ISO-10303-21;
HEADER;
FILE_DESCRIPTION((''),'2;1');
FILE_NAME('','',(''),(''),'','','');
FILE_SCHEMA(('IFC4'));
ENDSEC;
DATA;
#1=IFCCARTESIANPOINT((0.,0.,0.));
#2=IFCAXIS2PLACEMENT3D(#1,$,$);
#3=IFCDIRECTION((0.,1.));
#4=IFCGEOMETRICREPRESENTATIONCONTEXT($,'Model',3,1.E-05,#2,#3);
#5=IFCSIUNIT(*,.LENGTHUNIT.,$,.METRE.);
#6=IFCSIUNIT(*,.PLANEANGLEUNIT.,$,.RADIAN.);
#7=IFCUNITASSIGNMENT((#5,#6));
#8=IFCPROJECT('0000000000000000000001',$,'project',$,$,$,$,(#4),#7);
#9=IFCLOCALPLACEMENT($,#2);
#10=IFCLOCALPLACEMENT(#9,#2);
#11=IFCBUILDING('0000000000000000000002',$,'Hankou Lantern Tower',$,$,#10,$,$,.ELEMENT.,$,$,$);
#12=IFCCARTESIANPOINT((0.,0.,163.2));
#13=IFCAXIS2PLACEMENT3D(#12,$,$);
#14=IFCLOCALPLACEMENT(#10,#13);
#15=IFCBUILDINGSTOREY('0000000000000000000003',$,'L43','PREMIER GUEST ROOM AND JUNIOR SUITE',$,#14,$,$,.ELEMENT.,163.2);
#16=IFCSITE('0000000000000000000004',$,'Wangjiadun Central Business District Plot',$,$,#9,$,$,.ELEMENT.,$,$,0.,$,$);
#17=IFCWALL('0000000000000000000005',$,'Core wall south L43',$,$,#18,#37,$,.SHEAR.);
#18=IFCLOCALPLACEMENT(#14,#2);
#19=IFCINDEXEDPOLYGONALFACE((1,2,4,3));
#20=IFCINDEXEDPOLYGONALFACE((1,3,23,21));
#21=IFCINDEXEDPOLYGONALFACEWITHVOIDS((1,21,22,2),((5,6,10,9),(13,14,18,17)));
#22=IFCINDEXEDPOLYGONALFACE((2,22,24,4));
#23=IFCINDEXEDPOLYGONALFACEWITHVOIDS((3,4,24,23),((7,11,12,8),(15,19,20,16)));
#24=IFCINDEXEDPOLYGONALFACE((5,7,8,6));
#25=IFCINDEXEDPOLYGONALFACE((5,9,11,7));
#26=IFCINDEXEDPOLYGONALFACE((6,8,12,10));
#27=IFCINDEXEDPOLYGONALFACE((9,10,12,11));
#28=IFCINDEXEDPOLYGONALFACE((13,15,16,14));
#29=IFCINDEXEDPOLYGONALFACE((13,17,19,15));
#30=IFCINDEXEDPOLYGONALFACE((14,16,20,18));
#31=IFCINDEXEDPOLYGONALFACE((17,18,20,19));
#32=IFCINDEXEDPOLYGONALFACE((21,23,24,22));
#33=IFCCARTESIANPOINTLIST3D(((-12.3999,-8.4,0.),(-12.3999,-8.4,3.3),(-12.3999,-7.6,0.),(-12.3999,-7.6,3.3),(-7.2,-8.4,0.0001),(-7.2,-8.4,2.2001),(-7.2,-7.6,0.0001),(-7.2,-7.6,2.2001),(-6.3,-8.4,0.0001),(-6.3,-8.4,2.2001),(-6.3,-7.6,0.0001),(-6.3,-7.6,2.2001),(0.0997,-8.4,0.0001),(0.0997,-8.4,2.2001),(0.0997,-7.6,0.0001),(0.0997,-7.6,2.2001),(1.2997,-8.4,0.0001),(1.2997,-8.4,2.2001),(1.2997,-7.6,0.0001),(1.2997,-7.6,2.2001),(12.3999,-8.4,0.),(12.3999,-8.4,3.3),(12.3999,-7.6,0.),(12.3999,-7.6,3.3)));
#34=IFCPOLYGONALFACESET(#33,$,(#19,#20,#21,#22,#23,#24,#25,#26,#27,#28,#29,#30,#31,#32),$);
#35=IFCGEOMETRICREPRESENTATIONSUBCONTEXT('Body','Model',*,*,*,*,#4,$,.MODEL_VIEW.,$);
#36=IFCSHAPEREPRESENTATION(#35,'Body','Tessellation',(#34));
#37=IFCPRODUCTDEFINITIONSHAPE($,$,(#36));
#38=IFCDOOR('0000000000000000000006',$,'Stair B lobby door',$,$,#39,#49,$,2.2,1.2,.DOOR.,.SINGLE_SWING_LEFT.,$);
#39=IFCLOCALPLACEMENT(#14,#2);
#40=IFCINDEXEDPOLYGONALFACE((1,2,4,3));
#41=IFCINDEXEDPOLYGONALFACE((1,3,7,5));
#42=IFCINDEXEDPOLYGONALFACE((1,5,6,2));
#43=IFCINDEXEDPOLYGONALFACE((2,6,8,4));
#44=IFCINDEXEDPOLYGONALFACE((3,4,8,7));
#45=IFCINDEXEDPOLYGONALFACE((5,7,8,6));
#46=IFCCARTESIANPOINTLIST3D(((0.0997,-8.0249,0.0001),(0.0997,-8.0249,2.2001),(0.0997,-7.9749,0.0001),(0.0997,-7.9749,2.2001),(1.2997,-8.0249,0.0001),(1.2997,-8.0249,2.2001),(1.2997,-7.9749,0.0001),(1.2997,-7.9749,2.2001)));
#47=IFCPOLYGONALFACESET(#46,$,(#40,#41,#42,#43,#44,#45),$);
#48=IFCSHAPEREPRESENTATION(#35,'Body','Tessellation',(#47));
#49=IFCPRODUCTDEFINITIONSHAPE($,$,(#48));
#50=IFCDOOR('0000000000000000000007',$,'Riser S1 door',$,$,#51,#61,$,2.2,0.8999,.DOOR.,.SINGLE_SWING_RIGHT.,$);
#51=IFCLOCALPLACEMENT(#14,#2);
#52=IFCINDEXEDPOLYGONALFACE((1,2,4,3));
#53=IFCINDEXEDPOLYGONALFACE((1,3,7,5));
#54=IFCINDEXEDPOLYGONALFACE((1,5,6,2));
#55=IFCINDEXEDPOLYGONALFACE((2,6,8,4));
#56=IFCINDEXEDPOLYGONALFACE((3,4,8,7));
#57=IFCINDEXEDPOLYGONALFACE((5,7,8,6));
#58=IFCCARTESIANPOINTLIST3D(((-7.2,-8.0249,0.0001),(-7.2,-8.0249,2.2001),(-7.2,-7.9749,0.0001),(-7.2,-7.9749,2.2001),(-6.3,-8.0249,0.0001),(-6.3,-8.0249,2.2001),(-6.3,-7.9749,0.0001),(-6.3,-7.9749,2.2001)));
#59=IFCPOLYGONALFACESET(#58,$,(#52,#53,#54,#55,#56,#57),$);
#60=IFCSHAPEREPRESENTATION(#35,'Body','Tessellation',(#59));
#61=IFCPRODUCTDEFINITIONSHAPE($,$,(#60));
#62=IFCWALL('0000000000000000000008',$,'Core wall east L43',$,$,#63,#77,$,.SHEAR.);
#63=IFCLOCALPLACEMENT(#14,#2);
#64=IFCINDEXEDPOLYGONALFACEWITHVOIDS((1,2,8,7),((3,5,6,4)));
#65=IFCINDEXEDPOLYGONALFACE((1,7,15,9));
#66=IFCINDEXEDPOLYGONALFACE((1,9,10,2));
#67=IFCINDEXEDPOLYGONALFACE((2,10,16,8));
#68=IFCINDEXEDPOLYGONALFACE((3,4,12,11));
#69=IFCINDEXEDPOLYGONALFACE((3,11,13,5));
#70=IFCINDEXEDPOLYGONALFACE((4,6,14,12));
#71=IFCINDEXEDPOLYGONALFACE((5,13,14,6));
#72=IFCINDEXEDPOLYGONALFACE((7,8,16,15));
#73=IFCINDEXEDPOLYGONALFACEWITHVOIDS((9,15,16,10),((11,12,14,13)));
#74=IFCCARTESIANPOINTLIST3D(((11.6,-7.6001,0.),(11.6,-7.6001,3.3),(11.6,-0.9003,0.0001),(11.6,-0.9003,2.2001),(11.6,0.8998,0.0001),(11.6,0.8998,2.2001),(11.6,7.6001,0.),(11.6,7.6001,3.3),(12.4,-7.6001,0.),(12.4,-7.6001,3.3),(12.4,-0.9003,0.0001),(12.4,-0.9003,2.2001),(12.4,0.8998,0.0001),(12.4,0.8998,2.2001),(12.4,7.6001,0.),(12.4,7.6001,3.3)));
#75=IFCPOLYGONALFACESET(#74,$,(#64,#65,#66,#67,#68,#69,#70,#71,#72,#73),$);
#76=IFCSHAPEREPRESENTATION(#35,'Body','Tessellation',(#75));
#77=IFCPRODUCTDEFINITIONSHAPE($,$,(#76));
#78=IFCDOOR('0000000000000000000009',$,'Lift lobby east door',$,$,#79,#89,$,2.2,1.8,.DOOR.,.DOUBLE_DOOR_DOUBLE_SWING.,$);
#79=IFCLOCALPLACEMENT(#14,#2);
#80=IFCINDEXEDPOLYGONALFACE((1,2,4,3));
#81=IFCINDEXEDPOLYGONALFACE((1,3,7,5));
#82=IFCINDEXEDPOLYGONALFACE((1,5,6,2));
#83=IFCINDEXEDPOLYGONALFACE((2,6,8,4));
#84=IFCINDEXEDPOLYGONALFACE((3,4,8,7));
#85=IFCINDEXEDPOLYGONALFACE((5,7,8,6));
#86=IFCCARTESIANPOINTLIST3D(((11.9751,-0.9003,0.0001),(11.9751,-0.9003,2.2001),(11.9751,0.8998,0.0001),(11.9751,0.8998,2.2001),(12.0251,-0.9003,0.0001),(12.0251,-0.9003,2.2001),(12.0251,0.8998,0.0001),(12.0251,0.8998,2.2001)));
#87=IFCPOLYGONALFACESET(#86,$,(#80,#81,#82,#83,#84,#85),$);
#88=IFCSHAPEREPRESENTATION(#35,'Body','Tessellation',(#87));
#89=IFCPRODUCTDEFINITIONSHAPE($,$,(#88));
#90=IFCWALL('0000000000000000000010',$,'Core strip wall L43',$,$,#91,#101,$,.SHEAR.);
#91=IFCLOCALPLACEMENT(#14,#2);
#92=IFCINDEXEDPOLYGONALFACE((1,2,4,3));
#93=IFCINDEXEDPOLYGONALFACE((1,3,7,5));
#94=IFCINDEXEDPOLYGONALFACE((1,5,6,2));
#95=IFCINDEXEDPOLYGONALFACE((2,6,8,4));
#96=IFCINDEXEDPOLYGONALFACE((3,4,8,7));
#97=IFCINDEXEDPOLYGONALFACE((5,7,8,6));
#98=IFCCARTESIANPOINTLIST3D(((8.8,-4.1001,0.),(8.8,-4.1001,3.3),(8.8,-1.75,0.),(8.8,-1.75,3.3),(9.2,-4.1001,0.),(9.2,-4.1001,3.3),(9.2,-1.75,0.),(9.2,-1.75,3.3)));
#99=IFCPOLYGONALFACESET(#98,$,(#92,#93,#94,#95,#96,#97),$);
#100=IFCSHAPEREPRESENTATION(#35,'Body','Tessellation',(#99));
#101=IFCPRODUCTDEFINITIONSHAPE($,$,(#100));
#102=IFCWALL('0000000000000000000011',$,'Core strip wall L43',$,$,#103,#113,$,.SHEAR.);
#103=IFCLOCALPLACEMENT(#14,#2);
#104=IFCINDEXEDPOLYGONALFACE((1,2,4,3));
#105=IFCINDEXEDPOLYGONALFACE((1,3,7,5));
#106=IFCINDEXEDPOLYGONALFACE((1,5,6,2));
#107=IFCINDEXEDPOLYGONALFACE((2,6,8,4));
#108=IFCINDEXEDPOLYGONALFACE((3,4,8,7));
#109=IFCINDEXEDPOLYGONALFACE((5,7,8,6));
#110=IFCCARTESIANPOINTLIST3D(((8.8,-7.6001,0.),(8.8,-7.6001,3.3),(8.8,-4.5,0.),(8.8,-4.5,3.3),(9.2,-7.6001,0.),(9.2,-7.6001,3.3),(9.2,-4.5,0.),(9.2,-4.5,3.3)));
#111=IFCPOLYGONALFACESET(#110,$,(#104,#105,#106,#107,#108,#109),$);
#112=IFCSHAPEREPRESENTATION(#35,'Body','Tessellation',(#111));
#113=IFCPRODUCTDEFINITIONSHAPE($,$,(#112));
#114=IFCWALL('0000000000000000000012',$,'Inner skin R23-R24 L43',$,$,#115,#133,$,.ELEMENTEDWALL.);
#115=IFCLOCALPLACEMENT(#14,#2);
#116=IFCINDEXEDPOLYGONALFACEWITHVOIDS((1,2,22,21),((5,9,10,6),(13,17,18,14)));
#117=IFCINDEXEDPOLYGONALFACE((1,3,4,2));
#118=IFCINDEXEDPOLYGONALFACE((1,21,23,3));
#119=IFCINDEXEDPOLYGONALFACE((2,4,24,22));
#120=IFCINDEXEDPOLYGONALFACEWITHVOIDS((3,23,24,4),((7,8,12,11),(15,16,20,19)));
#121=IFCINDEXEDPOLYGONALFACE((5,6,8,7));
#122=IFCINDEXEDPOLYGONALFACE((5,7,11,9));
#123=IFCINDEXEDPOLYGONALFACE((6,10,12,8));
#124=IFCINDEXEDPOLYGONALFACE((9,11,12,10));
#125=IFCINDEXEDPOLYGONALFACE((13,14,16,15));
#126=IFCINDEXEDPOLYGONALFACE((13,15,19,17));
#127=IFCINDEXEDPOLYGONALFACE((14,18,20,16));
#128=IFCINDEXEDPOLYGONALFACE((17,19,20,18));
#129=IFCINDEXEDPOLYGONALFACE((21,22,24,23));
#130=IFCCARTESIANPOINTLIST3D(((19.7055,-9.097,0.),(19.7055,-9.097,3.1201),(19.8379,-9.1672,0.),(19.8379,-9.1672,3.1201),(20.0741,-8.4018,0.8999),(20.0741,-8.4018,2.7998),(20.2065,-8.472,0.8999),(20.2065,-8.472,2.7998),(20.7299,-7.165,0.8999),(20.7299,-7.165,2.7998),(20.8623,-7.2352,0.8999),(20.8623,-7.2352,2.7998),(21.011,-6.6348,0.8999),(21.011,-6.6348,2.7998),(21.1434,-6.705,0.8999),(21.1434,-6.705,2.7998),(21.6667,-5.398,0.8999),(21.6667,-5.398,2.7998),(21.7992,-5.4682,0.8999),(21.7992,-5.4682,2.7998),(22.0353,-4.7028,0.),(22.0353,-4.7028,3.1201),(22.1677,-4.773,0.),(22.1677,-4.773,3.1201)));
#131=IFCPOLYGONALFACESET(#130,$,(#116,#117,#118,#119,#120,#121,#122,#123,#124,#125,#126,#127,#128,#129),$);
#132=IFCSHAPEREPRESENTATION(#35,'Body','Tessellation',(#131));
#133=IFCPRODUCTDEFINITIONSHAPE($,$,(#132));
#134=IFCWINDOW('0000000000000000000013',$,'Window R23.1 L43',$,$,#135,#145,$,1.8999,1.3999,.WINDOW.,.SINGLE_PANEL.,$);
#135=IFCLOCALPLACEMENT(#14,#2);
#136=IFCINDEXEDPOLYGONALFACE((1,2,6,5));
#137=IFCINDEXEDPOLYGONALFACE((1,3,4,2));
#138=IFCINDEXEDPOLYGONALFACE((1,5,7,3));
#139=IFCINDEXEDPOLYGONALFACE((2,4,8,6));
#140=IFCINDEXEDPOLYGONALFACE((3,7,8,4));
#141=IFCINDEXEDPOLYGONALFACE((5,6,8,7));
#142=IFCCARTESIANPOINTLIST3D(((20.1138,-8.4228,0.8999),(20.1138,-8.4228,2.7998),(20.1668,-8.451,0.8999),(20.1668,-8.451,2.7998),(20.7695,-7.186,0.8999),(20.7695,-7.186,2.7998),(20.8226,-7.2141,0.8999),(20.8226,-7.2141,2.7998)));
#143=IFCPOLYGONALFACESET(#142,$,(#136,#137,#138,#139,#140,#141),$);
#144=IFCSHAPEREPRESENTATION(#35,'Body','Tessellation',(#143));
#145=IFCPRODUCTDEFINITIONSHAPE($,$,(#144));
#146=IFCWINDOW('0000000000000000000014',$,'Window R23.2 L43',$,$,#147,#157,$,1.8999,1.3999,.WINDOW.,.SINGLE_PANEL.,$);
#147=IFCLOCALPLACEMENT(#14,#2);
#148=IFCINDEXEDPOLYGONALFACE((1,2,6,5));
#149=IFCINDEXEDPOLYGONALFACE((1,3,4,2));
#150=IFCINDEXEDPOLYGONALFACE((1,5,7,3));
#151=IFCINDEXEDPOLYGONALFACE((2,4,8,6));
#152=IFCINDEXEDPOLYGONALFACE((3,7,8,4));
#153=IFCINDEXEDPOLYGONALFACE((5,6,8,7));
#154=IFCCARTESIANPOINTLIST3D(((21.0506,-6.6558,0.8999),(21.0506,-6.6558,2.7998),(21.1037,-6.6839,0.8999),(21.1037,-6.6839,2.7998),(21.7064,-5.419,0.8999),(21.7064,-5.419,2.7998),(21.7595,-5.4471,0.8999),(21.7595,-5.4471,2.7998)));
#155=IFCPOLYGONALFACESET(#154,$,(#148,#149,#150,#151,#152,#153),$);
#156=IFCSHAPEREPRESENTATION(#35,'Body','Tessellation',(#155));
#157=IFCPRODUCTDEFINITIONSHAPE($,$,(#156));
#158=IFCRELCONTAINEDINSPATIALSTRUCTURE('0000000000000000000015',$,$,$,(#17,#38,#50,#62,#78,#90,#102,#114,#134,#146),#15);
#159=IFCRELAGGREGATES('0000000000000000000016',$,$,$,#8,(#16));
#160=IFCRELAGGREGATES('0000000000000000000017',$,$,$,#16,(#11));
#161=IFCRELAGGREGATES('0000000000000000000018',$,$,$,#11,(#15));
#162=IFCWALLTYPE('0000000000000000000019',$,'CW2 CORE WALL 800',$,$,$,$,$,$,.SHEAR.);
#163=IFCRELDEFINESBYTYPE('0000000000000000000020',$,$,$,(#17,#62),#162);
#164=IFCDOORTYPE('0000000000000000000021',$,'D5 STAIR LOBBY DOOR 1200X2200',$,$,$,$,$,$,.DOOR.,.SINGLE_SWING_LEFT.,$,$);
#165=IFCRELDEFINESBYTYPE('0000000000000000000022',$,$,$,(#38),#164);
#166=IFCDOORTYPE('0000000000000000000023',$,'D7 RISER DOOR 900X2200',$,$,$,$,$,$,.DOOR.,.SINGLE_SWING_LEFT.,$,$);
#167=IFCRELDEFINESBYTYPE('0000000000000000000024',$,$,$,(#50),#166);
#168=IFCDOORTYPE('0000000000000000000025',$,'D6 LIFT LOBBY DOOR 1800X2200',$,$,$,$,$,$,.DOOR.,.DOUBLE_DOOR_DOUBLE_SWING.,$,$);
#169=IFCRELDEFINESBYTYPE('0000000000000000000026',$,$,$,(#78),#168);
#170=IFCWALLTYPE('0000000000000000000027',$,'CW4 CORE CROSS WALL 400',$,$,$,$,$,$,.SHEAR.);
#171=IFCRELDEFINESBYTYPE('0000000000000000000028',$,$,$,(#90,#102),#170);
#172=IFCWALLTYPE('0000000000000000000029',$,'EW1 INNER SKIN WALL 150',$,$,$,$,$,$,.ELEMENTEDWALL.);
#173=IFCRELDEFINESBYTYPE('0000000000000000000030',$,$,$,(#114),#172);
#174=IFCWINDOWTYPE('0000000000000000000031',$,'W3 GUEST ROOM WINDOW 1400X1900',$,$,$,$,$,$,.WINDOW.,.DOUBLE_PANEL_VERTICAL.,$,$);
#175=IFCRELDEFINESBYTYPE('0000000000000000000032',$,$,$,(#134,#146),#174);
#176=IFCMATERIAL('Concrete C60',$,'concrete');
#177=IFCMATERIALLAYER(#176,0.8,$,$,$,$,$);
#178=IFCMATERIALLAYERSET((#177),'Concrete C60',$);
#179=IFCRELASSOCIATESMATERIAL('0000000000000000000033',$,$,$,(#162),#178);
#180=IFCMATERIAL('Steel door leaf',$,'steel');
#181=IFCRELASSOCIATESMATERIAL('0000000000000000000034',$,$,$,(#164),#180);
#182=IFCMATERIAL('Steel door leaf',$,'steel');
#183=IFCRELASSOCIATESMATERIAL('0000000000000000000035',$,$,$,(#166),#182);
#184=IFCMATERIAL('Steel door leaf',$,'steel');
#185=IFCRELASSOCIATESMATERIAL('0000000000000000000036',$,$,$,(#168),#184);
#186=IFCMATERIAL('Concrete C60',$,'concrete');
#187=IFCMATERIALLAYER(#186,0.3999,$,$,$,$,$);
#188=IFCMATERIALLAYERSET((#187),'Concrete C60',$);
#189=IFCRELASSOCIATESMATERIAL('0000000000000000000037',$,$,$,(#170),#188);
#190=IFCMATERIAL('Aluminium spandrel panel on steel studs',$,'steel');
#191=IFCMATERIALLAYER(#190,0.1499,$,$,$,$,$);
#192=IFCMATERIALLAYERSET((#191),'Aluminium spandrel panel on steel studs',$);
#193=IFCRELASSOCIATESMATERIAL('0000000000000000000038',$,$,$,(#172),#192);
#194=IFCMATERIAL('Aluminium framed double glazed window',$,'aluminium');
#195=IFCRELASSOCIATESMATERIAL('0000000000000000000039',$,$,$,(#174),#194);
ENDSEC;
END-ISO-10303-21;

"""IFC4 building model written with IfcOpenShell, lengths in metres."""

from ifc_helpers import new_model, si_unit, direction, frame, frame_2d, origin, place, context, subcontext, project, spatial, rectangle, extrude, material, layer, layer_set, type_object, element, fill, save


model = new_model("IFC4")

# Units and contexts
model_context = context("Model", 3, precision=1e-05, world=origin(), true_north=direction((0.0, 1.0)))
body_context = subcontext(model_context, "Body", "Model", "MODEL_VIEW")
ifc_project = project(units=[si_unit("LENGTHUNIT", "METRE"), si_unit("PLANEANGLEUNIT", "RADIAN")], contexts=[model_context])

# Site, building, storey
site_placement = place(None, origin())
site = spatial("IfcSite", under=ifc_project, at=site_placement, Name="Wangjiadun Central Business District Plot", CompositionType="ELEMENT", RefElevation=0.0)
building_placement = place(site_placement, origin())
building = spatial("IfcBuilding", under=site, at=building_placement, Name="Hankou Lantern Tower", CompositionType="ELEMENT")
storey_placement = place(building_placement, frame((0.0, 0.0, 163.2)))
storey = spatial("IfcBuildingStorey", under=building, at=storey_placement, Name="L43", Description="PREMIER GUEST ROOM AND JUNIOR SUITE", CompositionType="ELEMENT", Elevation=163.2)

# Wall, openings, doors
ifc_material_1 = material(Name="Concrete C60", Category="concrete")
ifc_layer_1 = layer(ifc_material_1, 0.8)
ifc_layer_set_1 = layer_set([ifc_layer_1], Name="Concrete C60")
wall_type_1 = type_object("IfcWallType", Name="CW2 CORE WALL 800", PredefinedType="SHEAR", material=ifc_layer_set_1)
wall_1_placement = place(storey_placement, frame((12.3999, -8.0, 0.0), z_axis=(0.0, 0.0, 1.0), x_axis=(-1.0, 0.0, 0.0)))
wall_1 = element("IfcWall", 1, at=wall_1_placement, inside=storey, type_object=wall_type_1, Name="Core wall south L43", PredefinedType="SHEAR", context=body_context, shape_type="SweptSolid", body=[
    extrude(rectangle(XDim=24.7998, YDim=0.8, at=frame_2d((12.3999, 0.0))), origin(), (0.0, 0.0, 1.0), 3.3),
])
opening_1_placement = place(wall_1_placement, frame((11.1001, 0.0, 0.0)))
opening_1 = element("IfcOpeningElement", 2, at=opening_1_placement, cuts=wall_1, PredefinedType="OPENING", context=body_context, shape_type="SweptSolid", body=[
    extrude(rectangle(XDim=1.2, YDim=2.2, at=frame_2d((0.6001, 1.1001))), frame((0.0, 0.4099, 0.0), z_axis=(0.0, -1.0, 0.0), x_axis=(1.0, 0.0, 0.0)), (0.0, 0.0, 1.0), 0.8201),
])
opening_2_placement = place(wall_1_placement, frame((18.7, 0.0, 0.0)))
opening_2 = element("IfcOpeningElement", 3, at=opening_2_placement, cuts=wall_1, PredefinedType="OPENING", context=body_context, shape_type="SweptSolid", body=[
    extrude(rectangle(XDim=0.8999, YDim=2.2, at=frame_2d((0.45, 1.1001))), frame((0.0, 0.4099, 0.0), z_axis=(0.0, -1.0, 0.0), x_axis=(1.0, 0.0, 0.0)), (0.0, 0.0, 1.0), 0.8201),
])
ifc_material_2 = material(Name="Steel door leaf", Category="steel")
door_type_1 = type_object("IfcDoorType", Name="D5 STAIR LOBBY DOOR 1200X2200", OperationType="SINGLE_SWING_LEFT", PredefinedType="DOOR", material=ifc_material_2)
door_1_placement = place(opening_1_placement, origin())
door_1 = element("IfcDoor", 4, at=door_1_placement, inside=storey, type_object=door_type_1, Name="Stair B lobby door", OperationType="SINGLE_SWING_LEFT", OverallHeight=2.2, OverallWidth=1.2, PredefinedType="DOOR", context=body_context, shape_type="SweptSolid", body=[
    extrude(rectangle(XDim=1.2, YDim=2.2, at=frame_2d((0.6001, 1.1001))), frame((0.0, 0.0249, 0.0), z_axis=(0.0, -1.0, 0.0), x_axis=(1.0, 0.0, 0.0)), (0.0, 0.0, 1.0), 0.05),
])
fill(opening_1, door_1)
ifc_material_3 = material(Name="Steel door leaf", Category="steel")
door_type_2 = type_object("IfcDoorType", Name="D7 RISER DOOR 900X2200", OperationType="SINGLE_SWING_LEFT", PredefinedType="DOOR", material=ifc_material_3)
door_2_placement = place(opening_2_placement, origin())
door_2 = element("IfcDoor", 5, at=door_2_placement, inside=storey, type_object=door_type_2, Name="Riser S1 door", OperationType="SINGLE_SWING_RIGHT", OverallHeight=2.2, OverallWidth=0.8999, PredefinedType="DOOR", context=body_context, shape_type="SweptSolid", body=[
    extrude(rectangle(XDim=0.8999, YDim=2.2, at=frame_2d((0.45, 1.1001))), frame((0.0, 0.0249, 0.0), z_axis=(0.0, -1.0, 0.0), x_axis=(1.0, 0.0, 0.0)), (0.0, 0.0, 1.0), 0.05),
])
fill(opening_2, door_2)

# Wall, opening, door
wall_2_placement = place(storey_placement, frame((12.0, -7.6001, 0.0), z_axis=(0.0, 0.0, 1.0), x_axis=(0.0, 1.0, 0.0)))
wall_2 = element("IfcWall", 6, at=wall_2_placement, inside=storey, type_object=wall_type_1, Name="Core wall east L43", PredefinedType="SHEAR", context=body_context, shape_type="SweptSolid", body=[
    extrude(rectangle(XDim=15.2002, YDim=0.8, at=frame_2d((7.6001, 0.0))), origin(), (0.0, 0.0, 1.0), 3.3),
])
opening_3_placement = place(wall_2_placement, frame((6.7, 0.0, 0.0)))
opening_3 = element("IfcOpeningElement", 7, at=opening_3_placement, cuts=wall_2, PredefinedType="OPENING", context=body_context, shape_type="SweptSolid", body=[
    extrude(rectangle(XDim=1.8, YDim=2.2, at=frame_2d((0.8999, 1.1001))), frame((0.0, 0.4099, 0.0), z_axis=(0.0, -1.0, 0.0), x_axis=(1.0, 0.0, 0.0)), (0.0, 0.0, 1.0), 0.8201),
])
ifc_material_4 = material(Name="Steel door leaf", Category="steel")
door_type_3 = type_object("IfcDoorType", Name="D6 LIFT LOBBY DOOR 1800X2200", OperationType="DOUBLE_DOOR_DOUBLE_SWING", PredefinedType="DOOR", material=ifc_material_4)
door_3_placement = place(opening_3_placement, origin())
door_3 = element("IfcDoor", 8, at=door_3_placement, inside=storey, type_object=door_type_3, Name="Lift lobby east door", OperationType="DOUBLE_DOOR_DOUBLE_SWING", OverallHeight=2.2, OverallWidth=1.8, PredefinedType="DOOR", context=body_context, shape_type="SweptSolid", body=[
    extrude(rectangle(XDim=1.8, YDim=2.2, at=frame_2d((0.8999, 1.1001))), frame((0.0, 0.0249, 0.0), z_axis=(0.0, -1.0, 0.0), x_axis=(1.0, 0.0, 0.0)), (0.0, 0.0, 1.0), 0.05),
])
fill(opening_3, door_3)

# Walls
ifc_material_5 = material(Name="Concrete C60", Category="concrete")
ifc_layer_2 = layer(ifc_material_5, 0.3999)
ifc_layer_set_2 = layer_set([ifc_layer_2], Name="Concrete C60")
wall_type_2 = type_object("IfcWallType", Name="CW4 CORE CROSS WALL 400", PredefinedType="SHEAR", material=ifc_layer_set_2)
wall_3_placement = place(storey_placement, frame((9.0, -4.1001, 0.0), z_axis=(0.0, 0.0, 1.0), x_axis=(0.0, 1.0, 0.0)))
element("IfcWall", 9, at=wall_3_placement, inside=storey, type_object=wall_type_2, Name="Core strip wall L43", PredefinedType="SHEAR", context=body_context, shape_type="SweptSolid", body=[
    extrude(rectangle(XDim=2.3501, YDim=0.3999, at=frame_2d((1.175, 0.0))), origin(), (0.0, 0.0, 1.0), 3.3),
])
wall_4_placement = place(storey_placement, frame((9.0, -7.6001, 0.0), z_axis=(0.0, 0.0, 1.0), x_axis=(0.0, 1.0, 0.0)))
element("IfcWall", 10, at=wall_4_placement, inside=storey, type_object=wall_type_2, Name="Core strip wall L43", PredefinedType="SHEAR", context=body_context, shape_type="SweptSolid", body=[
    extrude(rectangle(XDim=3.1001, YDim=0.3999, at=frame_2d((1.55, 0.0))), origin(), (0.0, 0.0, 1.0), 3.3),
])

# Wall, openings, windows
ifc_material_6 = material(Name="Aluminium spandrel panel on steel studs", Category="steel")
ifc_layer_3 = layer(ifc_material_6, 0.1499)
ifc_layer_set_3 = layer_set([ifc_layer_3], Name="Aluminium spandrel panel on steel studs")
wall_type_3 = type_object("IfcWallType", Name="EW1 INNER SKIN WALL 150", PredefinedType="ELEMENTEDWALL", material=ifc_layer_set_3)
wall_5_placement = place(storey_placement, frame((19.7717, -9.1321, 0.0), z_axis=(0.0, 0.0, 1.0), x_axis=(0.468429, 0.883501, 0.0)))
wall_5 = element("IfcWall", 11, at=wall_5_placement, inside=storey, type_object=wall_type_3, Name="Inner skin R23-R24 L43", PredefinedType="ELEMENTEDWALL", context=body_context, shape_type="SweptSolid", body=[
    extrude(rectangle(XDim=4.9736, YDim=0.1499, at=frame_2d((2.4868, 0.0))), origin(), (0.0, 0.0, 1.0), 3.1201),
])
opening_4_placement = place(wall_5_placement, frame((0.7869, 0.0, 0.8999)))
opening_4 = element("IfcOpeningElement", 12, at=opening_4_placement, cuts=wall_5, PredefinedType="OPENING", context=body_context, shape_type="SweptSolid", body=[
    extrude(rectangle(XDim=1.3999, YDim=1.8999, at=frame_2d((0.7, 0.95))), frame((0.0, 0.085, 0.0), z_axis=(0.0, -1.0, 0.0), x_axis=(1.0, 0.0, 0.0)), (0.0, 0.0, 1.0), 0.1699),
])
opening_5_placement = place(wall_5_placement, frame((2.7869, 0.0, 0.8999)))
opening_5 = element("IfcOpeningElement", 13, at=opening_5_placement, cuts=wall_5, PredefinedType="OPENING", context=body_context, shape_type="SweptSolid", body=[
    extrude(rectangle(XDim=1.3999, YDim=1.8999, at=frame_2d((0.7, 0.95))), frame((0.0, 0.085, 0.0), z_axis=(0.0, -1.0, 0.0), x_axis=(1.0, 0.0, 0.0)), (0.0, 0.0, 1.0), 0.1699),
])
ifc_material_7 = material(Name="Aluminium framed double glazed window", Category="aluminium")
window_type = type_object("IfcWindowType", Name="W3 GUEST ROOM WINDOW 1400X1900", PartitioningType="DOUBLE_PANEL_VERTICAL", PredefinedType="WINDOW", material=ifc_material_7)
window_1_placement = place(opening_4_placement, origin())
window_1 = element("IfcWindow", 14, at=window_1_placement, inside=storey, type_object=window_type, Name="Window R23.1 L43", OverallHeight=1.8999, OverallWidth=1.3999, PartitioningType="SINGLE_PANEL", PredefinedType="WINDOW", context=body_context, shape_type="SweptSolid", body=[
    extrude(rectangle(XDim=1.3999, YDim=1.8999, at=frame_2d((0.7, 0.95))), frame((0.0, 0.03, 0.0), z_axis=(0.0, -1.0, 0.0), x_axis=(1.0, 0.0, 0.0)), (0.0, 0.0, 1.0), 0.0601),
])
fill(opening_4, window_1)
window_2_placement = place(opening_5_placement, origin())
window_2 = element("IfcWindow", 15, at=window_2_placement, inside=storey, type_object=window_type, Name="Window R23.2 L43", OverallHeight=1.8999, OverallWidth=1.3999, PartitioningType="SINGLE_PANEL", PredefinedType="WINDOW", context=body_context, shape_type="SweptSolid", body=[
    extrude(rectangle(XDim=1.3999, YDim=1.8999, at=frame_2d((0.7, 0.95))), frame((0.0, 0.03, 0.0), z_axis=(0.0, -1.0, 0.0), x_axis=(1.0, 0.0, 0.0)), (0.0, 0.0, 1.0), 0.0601),
])
fill(opening_5, window_2)

save(model, "model.ifc")
